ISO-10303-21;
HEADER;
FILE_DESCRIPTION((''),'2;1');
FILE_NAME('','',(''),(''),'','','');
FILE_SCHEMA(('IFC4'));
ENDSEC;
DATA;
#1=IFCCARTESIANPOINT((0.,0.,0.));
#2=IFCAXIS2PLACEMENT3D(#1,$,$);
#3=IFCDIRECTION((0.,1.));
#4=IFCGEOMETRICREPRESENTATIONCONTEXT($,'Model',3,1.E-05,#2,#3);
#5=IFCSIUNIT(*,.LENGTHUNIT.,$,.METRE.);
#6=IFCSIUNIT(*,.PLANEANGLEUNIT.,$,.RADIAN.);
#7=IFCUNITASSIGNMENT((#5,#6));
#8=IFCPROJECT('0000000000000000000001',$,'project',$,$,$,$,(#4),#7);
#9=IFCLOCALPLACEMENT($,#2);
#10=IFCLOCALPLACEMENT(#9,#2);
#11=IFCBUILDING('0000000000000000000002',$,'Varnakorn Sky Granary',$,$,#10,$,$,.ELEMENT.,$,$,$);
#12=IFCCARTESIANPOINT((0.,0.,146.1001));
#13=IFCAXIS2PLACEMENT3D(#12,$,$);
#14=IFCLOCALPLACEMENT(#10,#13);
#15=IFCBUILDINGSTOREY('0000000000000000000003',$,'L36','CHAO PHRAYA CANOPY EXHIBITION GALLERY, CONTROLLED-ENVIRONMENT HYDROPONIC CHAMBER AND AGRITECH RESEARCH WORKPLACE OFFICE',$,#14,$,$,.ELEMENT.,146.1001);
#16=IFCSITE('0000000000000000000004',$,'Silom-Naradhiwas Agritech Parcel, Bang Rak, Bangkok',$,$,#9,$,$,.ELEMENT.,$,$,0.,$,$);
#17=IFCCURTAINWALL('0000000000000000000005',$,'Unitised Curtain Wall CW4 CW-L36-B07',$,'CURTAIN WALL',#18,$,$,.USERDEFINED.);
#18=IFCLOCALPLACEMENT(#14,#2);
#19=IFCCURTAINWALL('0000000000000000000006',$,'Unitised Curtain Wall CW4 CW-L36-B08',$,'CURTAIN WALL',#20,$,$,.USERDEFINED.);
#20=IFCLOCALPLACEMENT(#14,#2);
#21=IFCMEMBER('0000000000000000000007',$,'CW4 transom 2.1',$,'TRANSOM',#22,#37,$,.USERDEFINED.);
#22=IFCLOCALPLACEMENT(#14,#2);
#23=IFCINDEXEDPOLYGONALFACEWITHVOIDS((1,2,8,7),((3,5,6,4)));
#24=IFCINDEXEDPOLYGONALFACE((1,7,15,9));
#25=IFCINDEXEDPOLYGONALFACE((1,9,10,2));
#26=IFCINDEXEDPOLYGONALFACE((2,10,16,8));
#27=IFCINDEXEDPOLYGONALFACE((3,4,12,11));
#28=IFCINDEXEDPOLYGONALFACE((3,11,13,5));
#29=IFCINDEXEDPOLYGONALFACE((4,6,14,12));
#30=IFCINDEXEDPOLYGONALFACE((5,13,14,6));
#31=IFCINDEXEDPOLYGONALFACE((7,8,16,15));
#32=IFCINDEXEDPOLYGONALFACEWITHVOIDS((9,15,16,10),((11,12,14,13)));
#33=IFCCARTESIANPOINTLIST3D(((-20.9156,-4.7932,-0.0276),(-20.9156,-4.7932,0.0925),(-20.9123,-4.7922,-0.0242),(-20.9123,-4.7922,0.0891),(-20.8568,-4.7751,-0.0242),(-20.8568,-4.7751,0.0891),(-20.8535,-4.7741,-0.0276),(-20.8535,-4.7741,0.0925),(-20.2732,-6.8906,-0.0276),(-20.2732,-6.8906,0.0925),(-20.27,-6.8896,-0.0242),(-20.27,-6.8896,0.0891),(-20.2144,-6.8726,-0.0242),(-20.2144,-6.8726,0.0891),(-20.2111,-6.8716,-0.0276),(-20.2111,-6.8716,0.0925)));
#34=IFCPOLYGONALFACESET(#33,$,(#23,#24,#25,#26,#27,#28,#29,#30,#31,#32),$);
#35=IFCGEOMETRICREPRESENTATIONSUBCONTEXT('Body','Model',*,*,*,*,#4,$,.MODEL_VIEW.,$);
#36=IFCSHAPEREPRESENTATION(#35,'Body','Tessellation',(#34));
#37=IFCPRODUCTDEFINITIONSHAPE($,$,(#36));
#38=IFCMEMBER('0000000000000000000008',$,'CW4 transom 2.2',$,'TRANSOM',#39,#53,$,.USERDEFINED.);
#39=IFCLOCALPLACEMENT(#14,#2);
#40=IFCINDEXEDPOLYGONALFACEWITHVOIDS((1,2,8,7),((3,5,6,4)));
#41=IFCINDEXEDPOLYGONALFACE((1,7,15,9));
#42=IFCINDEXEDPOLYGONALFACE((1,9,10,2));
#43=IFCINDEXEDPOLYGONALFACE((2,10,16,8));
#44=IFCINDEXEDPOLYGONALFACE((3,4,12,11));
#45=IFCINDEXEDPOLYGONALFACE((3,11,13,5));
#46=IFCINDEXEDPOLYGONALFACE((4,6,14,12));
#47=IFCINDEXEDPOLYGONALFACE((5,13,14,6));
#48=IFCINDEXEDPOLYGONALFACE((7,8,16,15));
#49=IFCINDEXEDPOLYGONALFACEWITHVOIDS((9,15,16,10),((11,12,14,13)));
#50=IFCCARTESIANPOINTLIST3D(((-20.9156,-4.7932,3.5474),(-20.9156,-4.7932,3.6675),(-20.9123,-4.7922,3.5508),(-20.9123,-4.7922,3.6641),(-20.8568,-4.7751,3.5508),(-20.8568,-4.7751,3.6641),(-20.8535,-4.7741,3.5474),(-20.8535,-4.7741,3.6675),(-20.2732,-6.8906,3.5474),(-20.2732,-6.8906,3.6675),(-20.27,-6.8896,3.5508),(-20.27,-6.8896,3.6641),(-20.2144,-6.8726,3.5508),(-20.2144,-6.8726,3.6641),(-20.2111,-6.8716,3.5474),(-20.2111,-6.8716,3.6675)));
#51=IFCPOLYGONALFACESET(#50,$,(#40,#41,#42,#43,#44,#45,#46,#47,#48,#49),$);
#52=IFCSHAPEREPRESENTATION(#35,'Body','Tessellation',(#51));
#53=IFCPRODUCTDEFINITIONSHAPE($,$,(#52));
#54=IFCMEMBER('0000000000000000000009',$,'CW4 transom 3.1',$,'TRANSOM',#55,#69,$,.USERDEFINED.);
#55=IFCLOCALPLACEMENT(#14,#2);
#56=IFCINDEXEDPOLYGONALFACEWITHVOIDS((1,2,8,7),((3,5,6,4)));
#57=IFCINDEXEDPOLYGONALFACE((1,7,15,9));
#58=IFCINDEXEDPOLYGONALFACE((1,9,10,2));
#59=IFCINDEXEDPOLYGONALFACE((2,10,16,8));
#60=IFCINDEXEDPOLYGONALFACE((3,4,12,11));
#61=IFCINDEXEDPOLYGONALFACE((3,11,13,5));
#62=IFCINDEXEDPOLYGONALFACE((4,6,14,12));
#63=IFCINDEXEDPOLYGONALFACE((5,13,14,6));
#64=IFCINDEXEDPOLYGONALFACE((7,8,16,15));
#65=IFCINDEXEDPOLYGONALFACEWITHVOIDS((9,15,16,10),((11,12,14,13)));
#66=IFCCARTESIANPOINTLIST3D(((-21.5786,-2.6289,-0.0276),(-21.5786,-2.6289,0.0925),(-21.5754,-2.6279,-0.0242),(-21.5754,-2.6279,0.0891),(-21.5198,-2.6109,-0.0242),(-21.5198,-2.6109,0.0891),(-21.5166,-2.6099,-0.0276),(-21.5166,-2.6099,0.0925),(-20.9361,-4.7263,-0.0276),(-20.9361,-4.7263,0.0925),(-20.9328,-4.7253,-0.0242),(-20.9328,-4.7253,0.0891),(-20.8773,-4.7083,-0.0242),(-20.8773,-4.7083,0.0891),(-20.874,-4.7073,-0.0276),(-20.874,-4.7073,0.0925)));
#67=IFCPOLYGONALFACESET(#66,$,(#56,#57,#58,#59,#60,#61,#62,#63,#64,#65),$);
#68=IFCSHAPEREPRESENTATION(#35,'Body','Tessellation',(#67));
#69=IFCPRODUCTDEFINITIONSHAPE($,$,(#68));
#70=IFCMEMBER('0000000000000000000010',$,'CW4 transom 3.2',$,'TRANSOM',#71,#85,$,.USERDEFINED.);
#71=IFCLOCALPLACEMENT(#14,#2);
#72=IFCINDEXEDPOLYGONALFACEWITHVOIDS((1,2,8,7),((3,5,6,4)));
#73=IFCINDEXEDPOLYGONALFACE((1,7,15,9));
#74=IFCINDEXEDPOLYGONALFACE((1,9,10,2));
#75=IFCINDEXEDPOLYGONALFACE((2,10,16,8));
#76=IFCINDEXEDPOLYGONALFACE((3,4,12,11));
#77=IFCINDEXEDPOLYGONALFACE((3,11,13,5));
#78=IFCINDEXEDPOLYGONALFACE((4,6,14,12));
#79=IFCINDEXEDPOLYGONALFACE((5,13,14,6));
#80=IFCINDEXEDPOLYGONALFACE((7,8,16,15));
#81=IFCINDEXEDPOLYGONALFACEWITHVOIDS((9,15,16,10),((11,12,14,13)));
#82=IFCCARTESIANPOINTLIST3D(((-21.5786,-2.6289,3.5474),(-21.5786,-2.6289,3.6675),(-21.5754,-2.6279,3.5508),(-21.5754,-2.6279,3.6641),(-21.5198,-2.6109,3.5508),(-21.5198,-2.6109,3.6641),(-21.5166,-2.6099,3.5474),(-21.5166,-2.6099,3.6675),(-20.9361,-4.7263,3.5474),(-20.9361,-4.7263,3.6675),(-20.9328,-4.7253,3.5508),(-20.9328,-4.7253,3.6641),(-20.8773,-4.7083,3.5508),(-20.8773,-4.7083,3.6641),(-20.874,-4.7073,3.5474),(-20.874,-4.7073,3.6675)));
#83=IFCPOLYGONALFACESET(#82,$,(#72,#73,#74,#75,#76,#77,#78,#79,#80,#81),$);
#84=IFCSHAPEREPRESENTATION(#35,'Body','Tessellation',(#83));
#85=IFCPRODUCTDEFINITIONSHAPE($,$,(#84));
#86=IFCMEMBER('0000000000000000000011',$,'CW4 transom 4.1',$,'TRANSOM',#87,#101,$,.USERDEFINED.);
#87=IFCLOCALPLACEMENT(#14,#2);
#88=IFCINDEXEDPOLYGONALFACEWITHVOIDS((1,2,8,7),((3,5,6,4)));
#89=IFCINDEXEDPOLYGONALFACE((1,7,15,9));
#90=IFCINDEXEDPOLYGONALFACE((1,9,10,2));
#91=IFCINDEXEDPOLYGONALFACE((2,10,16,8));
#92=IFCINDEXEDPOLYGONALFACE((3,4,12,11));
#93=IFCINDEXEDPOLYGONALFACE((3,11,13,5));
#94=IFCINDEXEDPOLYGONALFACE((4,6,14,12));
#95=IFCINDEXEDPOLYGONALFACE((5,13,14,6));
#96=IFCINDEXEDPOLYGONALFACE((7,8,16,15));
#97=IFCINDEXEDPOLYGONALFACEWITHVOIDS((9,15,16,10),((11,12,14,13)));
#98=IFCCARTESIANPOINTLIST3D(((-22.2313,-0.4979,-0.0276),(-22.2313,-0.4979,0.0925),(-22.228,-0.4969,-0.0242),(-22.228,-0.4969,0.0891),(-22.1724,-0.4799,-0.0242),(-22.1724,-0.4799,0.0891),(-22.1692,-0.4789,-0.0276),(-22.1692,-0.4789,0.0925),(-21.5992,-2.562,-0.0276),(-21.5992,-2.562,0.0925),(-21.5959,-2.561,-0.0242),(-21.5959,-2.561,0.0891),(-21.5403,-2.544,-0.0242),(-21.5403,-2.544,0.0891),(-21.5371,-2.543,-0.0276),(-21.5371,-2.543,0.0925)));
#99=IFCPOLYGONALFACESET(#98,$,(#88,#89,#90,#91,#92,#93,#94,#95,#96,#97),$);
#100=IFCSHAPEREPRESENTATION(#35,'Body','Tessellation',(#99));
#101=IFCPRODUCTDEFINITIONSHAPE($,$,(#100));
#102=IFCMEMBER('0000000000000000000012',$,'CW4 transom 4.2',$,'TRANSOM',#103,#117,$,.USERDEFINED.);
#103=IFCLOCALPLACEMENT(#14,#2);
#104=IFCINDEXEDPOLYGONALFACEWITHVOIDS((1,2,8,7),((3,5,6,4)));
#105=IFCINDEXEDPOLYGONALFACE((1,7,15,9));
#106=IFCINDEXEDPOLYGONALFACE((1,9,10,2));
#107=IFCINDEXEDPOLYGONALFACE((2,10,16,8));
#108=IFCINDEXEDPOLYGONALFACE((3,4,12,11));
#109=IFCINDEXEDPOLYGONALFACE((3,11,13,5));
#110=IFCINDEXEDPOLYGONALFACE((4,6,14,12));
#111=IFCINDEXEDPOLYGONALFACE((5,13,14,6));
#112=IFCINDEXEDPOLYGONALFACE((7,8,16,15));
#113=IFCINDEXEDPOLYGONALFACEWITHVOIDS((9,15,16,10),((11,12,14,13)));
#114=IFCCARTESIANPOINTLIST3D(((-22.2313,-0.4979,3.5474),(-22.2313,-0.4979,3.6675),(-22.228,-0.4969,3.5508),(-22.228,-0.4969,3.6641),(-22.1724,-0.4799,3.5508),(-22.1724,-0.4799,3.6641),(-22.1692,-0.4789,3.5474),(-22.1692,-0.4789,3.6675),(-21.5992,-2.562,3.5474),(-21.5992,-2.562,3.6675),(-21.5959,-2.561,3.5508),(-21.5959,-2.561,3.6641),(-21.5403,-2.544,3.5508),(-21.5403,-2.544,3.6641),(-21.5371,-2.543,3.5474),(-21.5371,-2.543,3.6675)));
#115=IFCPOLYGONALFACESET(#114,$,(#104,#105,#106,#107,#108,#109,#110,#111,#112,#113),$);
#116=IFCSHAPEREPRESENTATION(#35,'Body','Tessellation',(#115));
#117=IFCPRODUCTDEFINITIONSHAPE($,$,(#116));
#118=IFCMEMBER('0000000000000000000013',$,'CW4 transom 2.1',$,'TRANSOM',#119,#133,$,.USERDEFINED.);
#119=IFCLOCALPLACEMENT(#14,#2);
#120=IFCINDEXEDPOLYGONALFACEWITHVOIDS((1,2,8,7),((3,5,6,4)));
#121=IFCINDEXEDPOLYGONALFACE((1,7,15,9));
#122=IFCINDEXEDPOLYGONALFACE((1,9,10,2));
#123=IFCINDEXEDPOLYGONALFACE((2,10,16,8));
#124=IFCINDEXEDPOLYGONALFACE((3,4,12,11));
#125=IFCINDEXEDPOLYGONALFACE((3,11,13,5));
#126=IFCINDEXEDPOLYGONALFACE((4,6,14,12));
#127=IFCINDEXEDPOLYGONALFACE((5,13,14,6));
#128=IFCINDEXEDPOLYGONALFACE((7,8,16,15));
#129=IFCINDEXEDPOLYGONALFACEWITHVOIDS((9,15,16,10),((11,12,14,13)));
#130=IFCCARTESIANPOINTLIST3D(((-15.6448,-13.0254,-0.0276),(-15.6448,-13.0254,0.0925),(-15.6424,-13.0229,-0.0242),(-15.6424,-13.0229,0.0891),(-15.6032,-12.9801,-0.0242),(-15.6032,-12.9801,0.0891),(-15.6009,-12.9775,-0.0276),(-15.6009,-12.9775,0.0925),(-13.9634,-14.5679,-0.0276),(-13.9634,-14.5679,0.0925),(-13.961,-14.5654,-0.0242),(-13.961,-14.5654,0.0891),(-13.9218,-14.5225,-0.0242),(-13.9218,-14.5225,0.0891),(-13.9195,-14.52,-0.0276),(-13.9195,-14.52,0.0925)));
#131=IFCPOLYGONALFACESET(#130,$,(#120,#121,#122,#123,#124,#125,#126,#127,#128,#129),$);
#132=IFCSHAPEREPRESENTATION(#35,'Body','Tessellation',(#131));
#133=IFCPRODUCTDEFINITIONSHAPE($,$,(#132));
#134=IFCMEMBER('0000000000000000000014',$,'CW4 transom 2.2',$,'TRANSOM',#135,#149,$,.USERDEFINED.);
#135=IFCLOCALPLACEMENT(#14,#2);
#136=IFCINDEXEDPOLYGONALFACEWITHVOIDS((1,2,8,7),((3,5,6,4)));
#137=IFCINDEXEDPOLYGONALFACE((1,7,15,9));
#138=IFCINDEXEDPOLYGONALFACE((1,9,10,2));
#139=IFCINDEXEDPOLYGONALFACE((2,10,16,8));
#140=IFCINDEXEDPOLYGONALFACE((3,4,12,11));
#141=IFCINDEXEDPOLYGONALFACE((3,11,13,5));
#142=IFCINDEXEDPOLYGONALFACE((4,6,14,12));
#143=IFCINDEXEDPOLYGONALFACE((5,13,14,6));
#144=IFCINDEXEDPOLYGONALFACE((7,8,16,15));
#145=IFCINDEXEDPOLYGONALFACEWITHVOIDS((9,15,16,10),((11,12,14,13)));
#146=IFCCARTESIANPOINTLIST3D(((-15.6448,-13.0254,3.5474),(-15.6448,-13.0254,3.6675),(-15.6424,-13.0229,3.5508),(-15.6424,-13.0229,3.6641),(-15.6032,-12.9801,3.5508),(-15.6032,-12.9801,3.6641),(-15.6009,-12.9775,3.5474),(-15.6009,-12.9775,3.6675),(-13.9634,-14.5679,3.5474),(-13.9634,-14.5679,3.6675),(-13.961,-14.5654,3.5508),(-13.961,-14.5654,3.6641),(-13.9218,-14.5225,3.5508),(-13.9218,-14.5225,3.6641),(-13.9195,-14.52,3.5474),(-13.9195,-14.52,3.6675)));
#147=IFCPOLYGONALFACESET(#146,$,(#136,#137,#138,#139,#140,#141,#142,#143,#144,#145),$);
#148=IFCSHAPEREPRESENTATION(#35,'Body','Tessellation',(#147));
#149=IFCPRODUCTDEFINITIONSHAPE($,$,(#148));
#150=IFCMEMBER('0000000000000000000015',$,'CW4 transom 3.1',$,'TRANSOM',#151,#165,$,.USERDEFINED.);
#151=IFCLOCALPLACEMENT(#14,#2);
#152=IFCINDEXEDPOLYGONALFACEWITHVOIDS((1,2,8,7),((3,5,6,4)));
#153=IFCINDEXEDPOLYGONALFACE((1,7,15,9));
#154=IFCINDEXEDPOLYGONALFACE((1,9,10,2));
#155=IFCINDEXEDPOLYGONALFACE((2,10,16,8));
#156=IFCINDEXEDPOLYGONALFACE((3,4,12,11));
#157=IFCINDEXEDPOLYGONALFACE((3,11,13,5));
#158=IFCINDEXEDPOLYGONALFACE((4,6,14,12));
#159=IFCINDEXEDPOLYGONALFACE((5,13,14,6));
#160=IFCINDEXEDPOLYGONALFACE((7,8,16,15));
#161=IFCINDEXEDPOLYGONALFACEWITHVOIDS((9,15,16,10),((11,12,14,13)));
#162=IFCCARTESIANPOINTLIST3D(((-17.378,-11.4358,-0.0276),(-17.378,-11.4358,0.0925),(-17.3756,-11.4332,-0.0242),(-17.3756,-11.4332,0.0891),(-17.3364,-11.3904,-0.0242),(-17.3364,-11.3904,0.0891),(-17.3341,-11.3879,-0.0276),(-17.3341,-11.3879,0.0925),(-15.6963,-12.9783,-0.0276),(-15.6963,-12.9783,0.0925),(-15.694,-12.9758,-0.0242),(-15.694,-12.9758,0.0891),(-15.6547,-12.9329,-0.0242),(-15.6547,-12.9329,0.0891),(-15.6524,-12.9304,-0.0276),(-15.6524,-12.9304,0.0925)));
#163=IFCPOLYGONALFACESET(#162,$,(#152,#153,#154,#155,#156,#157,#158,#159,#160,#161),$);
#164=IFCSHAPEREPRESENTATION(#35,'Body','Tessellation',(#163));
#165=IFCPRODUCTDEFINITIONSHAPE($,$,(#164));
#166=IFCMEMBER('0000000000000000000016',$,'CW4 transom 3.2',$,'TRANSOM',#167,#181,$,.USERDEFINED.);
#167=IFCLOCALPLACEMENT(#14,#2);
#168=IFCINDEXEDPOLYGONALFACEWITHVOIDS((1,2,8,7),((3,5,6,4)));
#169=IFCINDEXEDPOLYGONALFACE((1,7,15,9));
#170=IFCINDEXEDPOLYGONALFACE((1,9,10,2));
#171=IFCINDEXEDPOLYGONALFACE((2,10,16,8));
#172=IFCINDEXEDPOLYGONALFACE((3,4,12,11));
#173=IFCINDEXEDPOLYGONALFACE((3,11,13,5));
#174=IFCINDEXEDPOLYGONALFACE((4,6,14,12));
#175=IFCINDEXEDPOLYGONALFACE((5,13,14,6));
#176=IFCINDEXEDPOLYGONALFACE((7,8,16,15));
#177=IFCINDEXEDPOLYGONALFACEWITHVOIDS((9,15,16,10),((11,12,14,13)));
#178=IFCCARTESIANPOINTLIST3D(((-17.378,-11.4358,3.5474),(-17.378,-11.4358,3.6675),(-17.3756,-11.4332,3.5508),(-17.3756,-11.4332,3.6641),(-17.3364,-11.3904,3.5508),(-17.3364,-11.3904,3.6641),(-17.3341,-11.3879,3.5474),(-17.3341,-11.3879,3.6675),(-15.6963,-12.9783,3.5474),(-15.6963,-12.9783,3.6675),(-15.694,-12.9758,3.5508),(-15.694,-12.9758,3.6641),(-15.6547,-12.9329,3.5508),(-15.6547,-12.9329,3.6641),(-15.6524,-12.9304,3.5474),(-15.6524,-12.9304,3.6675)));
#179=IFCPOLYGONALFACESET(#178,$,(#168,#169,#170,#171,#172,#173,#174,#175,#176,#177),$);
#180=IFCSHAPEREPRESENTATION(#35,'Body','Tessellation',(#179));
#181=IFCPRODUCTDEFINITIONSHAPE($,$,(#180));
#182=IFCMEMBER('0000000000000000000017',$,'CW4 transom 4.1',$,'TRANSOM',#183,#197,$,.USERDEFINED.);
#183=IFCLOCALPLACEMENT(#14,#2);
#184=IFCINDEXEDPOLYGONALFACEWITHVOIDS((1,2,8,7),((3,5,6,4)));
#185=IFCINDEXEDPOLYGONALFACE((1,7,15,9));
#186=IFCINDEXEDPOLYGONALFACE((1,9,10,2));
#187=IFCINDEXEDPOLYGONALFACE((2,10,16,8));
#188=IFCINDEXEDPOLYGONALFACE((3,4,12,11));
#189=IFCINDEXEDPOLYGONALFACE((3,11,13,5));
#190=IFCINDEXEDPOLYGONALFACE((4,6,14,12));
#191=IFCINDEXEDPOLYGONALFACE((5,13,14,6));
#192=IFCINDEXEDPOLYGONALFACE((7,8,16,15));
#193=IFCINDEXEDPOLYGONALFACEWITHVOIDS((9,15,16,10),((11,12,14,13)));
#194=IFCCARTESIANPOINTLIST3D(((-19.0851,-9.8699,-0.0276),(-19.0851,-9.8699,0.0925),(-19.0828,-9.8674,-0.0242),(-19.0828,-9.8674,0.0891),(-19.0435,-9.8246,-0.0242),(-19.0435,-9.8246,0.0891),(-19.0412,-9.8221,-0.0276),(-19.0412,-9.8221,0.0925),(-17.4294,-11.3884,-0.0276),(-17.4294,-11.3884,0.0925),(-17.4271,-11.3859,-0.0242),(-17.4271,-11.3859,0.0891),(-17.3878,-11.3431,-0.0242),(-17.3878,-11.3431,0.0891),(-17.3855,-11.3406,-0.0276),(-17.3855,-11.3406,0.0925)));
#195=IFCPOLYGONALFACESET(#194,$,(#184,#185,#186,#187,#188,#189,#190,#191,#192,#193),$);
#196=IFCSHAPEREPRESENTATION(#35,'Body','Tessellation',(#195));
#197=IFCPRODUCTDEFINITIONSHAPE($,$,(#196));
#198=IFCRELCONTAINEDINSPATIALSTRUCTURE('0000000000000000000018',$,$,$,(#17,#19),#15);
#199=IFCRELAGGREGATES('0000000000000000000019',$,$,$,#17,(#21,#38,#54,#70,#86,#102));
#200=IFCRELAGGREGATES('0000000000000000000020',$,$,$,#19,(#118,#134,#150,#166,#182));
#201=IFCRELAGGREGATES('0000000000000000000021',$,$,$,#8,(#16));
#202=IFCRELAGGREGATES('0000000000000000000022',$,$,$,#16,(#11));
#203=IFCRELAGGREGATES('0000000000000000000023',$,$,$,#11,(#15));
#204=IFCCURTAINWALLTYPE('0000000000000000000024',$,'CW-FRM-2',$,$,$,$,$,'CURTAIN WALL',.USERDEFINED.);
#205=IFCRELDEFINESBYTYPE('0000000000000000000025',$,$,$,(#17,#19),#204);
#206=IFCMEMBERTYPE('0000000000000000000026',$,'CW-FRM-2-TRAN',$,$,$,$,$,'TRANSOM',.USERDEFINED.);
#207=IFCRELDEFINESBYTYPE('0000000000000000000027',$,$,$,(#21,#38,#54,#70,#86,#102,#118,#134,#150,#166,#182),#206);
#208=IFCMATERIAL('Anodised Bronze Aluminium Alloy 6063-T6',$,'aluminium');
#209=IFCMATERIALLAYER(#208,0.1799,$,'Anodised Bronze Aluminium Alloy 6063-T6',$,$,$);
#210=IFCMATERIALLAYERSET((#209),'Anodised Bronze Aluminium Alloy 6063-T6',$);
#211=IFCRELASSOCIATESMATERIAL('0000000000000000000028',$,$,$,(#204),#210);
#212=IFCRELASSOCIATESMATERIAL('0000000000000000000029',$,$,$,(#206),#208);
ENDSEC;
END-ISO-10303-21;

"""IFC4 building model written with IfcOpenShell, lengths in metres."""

from ifc_helpers import new_model, si_unit, direction, frame, origin, origin_2d, place, context, subcontext, project, spatial, hollow_rectangle, extrude, material, layer, layer_set, material_profile, profile_set, type_object, element, aggregate, save


model = new_model("IFC4")

# Units and contexts
model_context = context("Model", 3, precision=1e-05, world=origin(), true_north=direction((0.0, 1.0)))
body_context = subcontext(model_context, "Body", "Model", "MODEL_VIEW")
ifc_project = project(units=[si_unit("LENGTHUNIT", "METRE"), si_unit("PLANEANGLEUNIT", "RADIAN")], contexts=[model_context])

# Site, building, storey
site_placement = place(None, origin())
site = spatial("IfcSite", under=ifc_project, at=site_placement, Name="Silom-Naradhiwas Agritech Parcel, Bang Rak, Bangkok", CompositionType="ELEMENT", RefElevation=0.0)
building_placement = place(site_placement, origin())
building = spatial("IfcBuilding", under=site, at=building_placement, Name="Varnakorn Sky Granary", CompositionType="ELEMENT")
storey_placement = place(building_placement, frame((0.0, 0.0, 146.1001)))
storey = spatial("IfcBuildingStorey", under=building, at=storey_placement, Name="L36", Description="CHAO PHRAYA CANOPY EXHIBITION GALLERY, CONTROLLED-ENVIRONMENT HYDROPONIC CHAMBER AND AGRITECH RESEARCH WORKPLACE OFFICE", CompositionType="ELEMENT", Elevation=146.1001)

# Curtain walls
ifc_material_1 = material(Name="Anodised Bronze Aluminium Alloy 6063-T6", Category="aluminium")
ifc_layer_1 = layer(ifc_material_1, 0.1799, Name="Anodised Bronze Aluminium Alloy 6063-T6")
ifc_layer_set_1 = layer_set([ifc_layer_1], Name="Anodised Bronze Aluminium Alloy 6063-T6")
curtain_wall_type = type_object("IfcCurtainWallType", Name="CW-FRM-2", ElementType="CURTAIN WALL", PredefinedType="USERDEFINED", material=ifc_layer_set_1)
curtain_wall_1_placement = place(storey_placement, origin())
curtain_wall_1 = element("IfcCurtainWall", 1, at=curtain_wall_1_placement, inside=storey, type_object=curtain_wall_type, Name="Unitised Curtain Wall CW4 CW-L36-B07", ObjectType="CURTAIN WALL", PredefinedType="USERDEFINED")
curtain_wall_2_placement = place(storey_placement, origin())
curtain_wall_2 = element("IfcCurtainWall", 2, at=curtain_wall_2_placement, inside=storey, type_object=curtain_wall_type, Name="Unitised Curtain Wall CW4 CW-L36-B08", ObjectType="CURTAIN WALL", PredefinedType="USERDEFINED")

# Members
ifc_material_profile_1 = material_profile(ifc_material_1, hollow_rectangle(XDim=0.0649, YDim=0.1201, WallThickness=0.0034, at=origin_2d()), Name="ALU TRAN 65x120")
ifc_profile_set_1 = profile_set([ifc_material_profile_1], Name="Anodised Bronze Aluminium Alloy 6063-T6")
member_type_1 = type_object("IfcMemberType", Name="CW-FRM-2-TRAN", ElementType="TRANSOM", PredefinedType="USERDEFINED", material=ifc_profile_set_1)
member_1_placement = place(storey_placement, frame((-20.2422, -6.8811, 0.0325), z_axis=(-0.292826, 0.956166, 0.0), x_axis=(-0.956166, -0.292826, 0.0)))
member_1 = element("IfcMember", 3, at=member_1_placement, type_object=member_type_1, Name="CW4 transom 2.1", ObjectType="TRANSOM", PredefinedType="USERDEFINED", context=body_context, shape_type="SweptSolid", body=[
    extrude(hollow_rectangle(XDim=0.0649, YDim=0.1201, WallThickness=0.0034, at=origin_2d()), origin(), (0.0, 0.0, 1.0), 2.1936),
])
member_2_placement = place(storey_placement, frame((-20.2422, -6.8811, 3.6074), z_axis=(-0.292826, 0.956166, 0.0), x_axis=(-0.956166, -0.292826, 0.0)))
member_2 = element("IfcMember", 4, at=member_2_placement, type_object=member_type_1, Name="CW4 transom 2.2", ObjectType="TRANSOM", PredefinedType="USERDEFINED", context=body_context, shape_type="SweptSolid", body=[
    extrude(hollow_rectangle(XDim=0.0649, YDim=0.1201, WallThickness=0.0034, at=origin_2d()), origin(), (0.0, 0.0, 1.0), 2.1936),
])
member_3_placement = place(storey_placement, frame((-20.905, -4.7168, 0.0325), z_axis=(-0.292928, 0.956134, 0.0), x_axis=(-0.956134, -0.292928, 0.0)))
member_3 = element("IfcMember", 5, at=member_3_placement, type_object=member_type_1, Name="CW4 transom 3.1", ObjectType="TRANSOM", PredefinedType="USERDEFINED", context=body_context, shape_type="SweptSolid", body=[
    extrude(hollow_rectangle(XDim=0.0649, YDim=0.1201, WallThickness=0.0034, at=origin_2d()), origin(), (0.0, 0.0, 1.0), 2.1936),
])
member_4_placement = place(storey_placement, frame((-20.905, -4.7168, 3.6074), z_axis=(-0.292928, 0.956134, 0.0), x_axis=(-0.956134, -0.292928, 0.0)))
member_4 = element("IfcMember", 6, at=member_4_placement, type_object=member_type_1, Name="CW4 transom 3.2", ObjectType="TRANSOM", PredefinedType="USERDEFINED", context=body_context, shape_type="SweptSolid", body=[
    extrude(hollow_rectangle(XDim=0.0649, YDim=0.1201, WallThickness=0.0034, at=origin_2d()), origin(), (0.0, 0.0, 1.0), 2.1936),
])
member_5_placement = place(storey_placement, frame((-21.5681, -2.5525, 0.0325), z_axis=(-0.292822, 0.956167, 0.0), x_axis=(-0.956167, -0.292822, 0.0)))
member_5 = element("IfcMember", 7, at=member_5_placement, type_object=member_type_1, Name="CW4 transom 4.1", ObjectType="TRANSOM", PredefinedType="USERDEFINED", context=body_context, shape_type="SweptSolid", body=[
    extrude(hollow_rectangle(XDim=0.0649, YDim=0.1201, WallThickness=0.0034, at=origin_2d()), origin(), (0.0, 0.0, 1.0), 2.1587),
])
member_6_placement = place(storey_placement, frame((-21.5681, -2.5525, 3.6074), z_axis=(-0.292822, 0.956167, 0.0), x_axis=(-0.956167, -0.292822, 0.0)))
member_6 = element("IfcMember", 8, at=member_6_placement, type_object=member_type_1, Name="CW4 transom 4.2", ObjectType="TRANSOM", PredefinedType="USERDEFINED", context=body_context, shape_type="SweptSolid", body=[
    extrude(hollow_rectangle(XDim=0.0649, YDim=0.1201, WallThickness=0.0034, at=origin_2d()), origin(), (0.0, 0.0, 1.0), 2.1587),
])
member_7_placement = place(storey_placement, frame((-13.9414, -14.5439, 0.0325), z_axis=(-0.736892, 0.67601, 0.0), x_axis=(-0.67601, -0.736892, 0.0)))
member_7 = element("IfcMember", 9, at=member_7_placement, type_object=member_type_1, Name="CW4 transom 2.1", ObjectType="TRANSOM", PredefinedType="USERDEFINED", context=body_context, shape_type="SweptSolid", body=[
    extrude(hollow_rectangle(XDim=0.0649, YDim=0.1201, WallThickness=0.0034, at=origin_2d()), origin(), (0.0, 0.0, 1.0), 2.2817),
])
member_8_placement = place(storey_placement, frame((-13.9414, -14.5439, 3.6074), z_axis=(-0.736892, 0.67601, 0.0), x_axis=(-0.67601, -0.736892, 0.0)))
member_8 = element("IfcMember", 10, at=member_8_placement, type_object=member_type_1, Name="CW4 transom 2.2", ObjectType="TRANSOM", PredefinedType="USERDEFINED", context=body_context, shape_type="SweptSolid", body=[
    extrude(hollow_rectangle(XDim=0.0649, YDim=0.1201, WallThickness=0.0034, at=origin_2d()), origin(), (0.0, 0.0, 1.0), 2.2817),
])
member_9_placement = place(storey_placement, frame((-15.6743, -12.9543, 0.0325), z_axis=(-0.736941, 0.675957, 0.0), x_axis=(-0.675957, -0.736941, 0.0)))
member_9 = element("IfcMember", 11, at=member_9_placement, type_object=member_type_1, Name="CW4 transom 3.1", ObjectType="TRANSOM", PredefinedType="USERDEFINED", context=body_context, shape_type="SweptSolid", body=[
    extrude(hollow_rectangle(XDim=0.0649, YDim=0.1201, WallThickness=0.0034, at=origin_2d()), origin(), (0.0, 0.0, 1.0), 2.282),
])
member_10_placement = place(storey_placement, frame((-15.6743, -12.9543, 3.6074), z_axis=(-0.736941, 0.675957, 0.0), x_axis=(-0.675957, -0.736941, 0.0)))
member_10 = element("IfcMember", 12, at=member_10_placement, type_object=member_type_1, Name="CW4 transom 3.2", ObjectType="TRANSOM", PredefinedType="USERDEFINED", context=body_context, shape_type="SweptSolid", body=[
    extrude(hollow_rectangle(XDim=0.0649, YDim=0.1201, WallThickness=0.0034, at=origin_2d()), origin(), (0.0, 0.0, 1.0), 2.282),
])
member_11_placement = place(storey_placement, frame((-17.4075, -11.3645, 0.0325), z_axis=(-0.736983, 0.675912, 0.0), x_axis=(-0.675912, -0.736983, 0.0)))
member_11 = element("IfcMember", 13, at=member_11_placement, type_object=member_type_1, Name="CW4 transom 4.1", ObjectType="TRANSOM", PredefinedType="USERDEFINED", context=body_context, shape_type="SweptSolid", body=[
    extrude(hollow_rectangle(XDim=0.0649, YDim=0.1201, WallThickness=0.0034, at=origin_2d()), origin(), (0.0, 0.0, 1.0), 2.2466),
])

aggregate(curtain_wall_1, [member_1, member_2, member_3, member_4, member_5, member_6])
aggregate(curtain_wall_2, [member_7, member_8, member_9, member_10, member_11])

save(model, "model.ifc")
